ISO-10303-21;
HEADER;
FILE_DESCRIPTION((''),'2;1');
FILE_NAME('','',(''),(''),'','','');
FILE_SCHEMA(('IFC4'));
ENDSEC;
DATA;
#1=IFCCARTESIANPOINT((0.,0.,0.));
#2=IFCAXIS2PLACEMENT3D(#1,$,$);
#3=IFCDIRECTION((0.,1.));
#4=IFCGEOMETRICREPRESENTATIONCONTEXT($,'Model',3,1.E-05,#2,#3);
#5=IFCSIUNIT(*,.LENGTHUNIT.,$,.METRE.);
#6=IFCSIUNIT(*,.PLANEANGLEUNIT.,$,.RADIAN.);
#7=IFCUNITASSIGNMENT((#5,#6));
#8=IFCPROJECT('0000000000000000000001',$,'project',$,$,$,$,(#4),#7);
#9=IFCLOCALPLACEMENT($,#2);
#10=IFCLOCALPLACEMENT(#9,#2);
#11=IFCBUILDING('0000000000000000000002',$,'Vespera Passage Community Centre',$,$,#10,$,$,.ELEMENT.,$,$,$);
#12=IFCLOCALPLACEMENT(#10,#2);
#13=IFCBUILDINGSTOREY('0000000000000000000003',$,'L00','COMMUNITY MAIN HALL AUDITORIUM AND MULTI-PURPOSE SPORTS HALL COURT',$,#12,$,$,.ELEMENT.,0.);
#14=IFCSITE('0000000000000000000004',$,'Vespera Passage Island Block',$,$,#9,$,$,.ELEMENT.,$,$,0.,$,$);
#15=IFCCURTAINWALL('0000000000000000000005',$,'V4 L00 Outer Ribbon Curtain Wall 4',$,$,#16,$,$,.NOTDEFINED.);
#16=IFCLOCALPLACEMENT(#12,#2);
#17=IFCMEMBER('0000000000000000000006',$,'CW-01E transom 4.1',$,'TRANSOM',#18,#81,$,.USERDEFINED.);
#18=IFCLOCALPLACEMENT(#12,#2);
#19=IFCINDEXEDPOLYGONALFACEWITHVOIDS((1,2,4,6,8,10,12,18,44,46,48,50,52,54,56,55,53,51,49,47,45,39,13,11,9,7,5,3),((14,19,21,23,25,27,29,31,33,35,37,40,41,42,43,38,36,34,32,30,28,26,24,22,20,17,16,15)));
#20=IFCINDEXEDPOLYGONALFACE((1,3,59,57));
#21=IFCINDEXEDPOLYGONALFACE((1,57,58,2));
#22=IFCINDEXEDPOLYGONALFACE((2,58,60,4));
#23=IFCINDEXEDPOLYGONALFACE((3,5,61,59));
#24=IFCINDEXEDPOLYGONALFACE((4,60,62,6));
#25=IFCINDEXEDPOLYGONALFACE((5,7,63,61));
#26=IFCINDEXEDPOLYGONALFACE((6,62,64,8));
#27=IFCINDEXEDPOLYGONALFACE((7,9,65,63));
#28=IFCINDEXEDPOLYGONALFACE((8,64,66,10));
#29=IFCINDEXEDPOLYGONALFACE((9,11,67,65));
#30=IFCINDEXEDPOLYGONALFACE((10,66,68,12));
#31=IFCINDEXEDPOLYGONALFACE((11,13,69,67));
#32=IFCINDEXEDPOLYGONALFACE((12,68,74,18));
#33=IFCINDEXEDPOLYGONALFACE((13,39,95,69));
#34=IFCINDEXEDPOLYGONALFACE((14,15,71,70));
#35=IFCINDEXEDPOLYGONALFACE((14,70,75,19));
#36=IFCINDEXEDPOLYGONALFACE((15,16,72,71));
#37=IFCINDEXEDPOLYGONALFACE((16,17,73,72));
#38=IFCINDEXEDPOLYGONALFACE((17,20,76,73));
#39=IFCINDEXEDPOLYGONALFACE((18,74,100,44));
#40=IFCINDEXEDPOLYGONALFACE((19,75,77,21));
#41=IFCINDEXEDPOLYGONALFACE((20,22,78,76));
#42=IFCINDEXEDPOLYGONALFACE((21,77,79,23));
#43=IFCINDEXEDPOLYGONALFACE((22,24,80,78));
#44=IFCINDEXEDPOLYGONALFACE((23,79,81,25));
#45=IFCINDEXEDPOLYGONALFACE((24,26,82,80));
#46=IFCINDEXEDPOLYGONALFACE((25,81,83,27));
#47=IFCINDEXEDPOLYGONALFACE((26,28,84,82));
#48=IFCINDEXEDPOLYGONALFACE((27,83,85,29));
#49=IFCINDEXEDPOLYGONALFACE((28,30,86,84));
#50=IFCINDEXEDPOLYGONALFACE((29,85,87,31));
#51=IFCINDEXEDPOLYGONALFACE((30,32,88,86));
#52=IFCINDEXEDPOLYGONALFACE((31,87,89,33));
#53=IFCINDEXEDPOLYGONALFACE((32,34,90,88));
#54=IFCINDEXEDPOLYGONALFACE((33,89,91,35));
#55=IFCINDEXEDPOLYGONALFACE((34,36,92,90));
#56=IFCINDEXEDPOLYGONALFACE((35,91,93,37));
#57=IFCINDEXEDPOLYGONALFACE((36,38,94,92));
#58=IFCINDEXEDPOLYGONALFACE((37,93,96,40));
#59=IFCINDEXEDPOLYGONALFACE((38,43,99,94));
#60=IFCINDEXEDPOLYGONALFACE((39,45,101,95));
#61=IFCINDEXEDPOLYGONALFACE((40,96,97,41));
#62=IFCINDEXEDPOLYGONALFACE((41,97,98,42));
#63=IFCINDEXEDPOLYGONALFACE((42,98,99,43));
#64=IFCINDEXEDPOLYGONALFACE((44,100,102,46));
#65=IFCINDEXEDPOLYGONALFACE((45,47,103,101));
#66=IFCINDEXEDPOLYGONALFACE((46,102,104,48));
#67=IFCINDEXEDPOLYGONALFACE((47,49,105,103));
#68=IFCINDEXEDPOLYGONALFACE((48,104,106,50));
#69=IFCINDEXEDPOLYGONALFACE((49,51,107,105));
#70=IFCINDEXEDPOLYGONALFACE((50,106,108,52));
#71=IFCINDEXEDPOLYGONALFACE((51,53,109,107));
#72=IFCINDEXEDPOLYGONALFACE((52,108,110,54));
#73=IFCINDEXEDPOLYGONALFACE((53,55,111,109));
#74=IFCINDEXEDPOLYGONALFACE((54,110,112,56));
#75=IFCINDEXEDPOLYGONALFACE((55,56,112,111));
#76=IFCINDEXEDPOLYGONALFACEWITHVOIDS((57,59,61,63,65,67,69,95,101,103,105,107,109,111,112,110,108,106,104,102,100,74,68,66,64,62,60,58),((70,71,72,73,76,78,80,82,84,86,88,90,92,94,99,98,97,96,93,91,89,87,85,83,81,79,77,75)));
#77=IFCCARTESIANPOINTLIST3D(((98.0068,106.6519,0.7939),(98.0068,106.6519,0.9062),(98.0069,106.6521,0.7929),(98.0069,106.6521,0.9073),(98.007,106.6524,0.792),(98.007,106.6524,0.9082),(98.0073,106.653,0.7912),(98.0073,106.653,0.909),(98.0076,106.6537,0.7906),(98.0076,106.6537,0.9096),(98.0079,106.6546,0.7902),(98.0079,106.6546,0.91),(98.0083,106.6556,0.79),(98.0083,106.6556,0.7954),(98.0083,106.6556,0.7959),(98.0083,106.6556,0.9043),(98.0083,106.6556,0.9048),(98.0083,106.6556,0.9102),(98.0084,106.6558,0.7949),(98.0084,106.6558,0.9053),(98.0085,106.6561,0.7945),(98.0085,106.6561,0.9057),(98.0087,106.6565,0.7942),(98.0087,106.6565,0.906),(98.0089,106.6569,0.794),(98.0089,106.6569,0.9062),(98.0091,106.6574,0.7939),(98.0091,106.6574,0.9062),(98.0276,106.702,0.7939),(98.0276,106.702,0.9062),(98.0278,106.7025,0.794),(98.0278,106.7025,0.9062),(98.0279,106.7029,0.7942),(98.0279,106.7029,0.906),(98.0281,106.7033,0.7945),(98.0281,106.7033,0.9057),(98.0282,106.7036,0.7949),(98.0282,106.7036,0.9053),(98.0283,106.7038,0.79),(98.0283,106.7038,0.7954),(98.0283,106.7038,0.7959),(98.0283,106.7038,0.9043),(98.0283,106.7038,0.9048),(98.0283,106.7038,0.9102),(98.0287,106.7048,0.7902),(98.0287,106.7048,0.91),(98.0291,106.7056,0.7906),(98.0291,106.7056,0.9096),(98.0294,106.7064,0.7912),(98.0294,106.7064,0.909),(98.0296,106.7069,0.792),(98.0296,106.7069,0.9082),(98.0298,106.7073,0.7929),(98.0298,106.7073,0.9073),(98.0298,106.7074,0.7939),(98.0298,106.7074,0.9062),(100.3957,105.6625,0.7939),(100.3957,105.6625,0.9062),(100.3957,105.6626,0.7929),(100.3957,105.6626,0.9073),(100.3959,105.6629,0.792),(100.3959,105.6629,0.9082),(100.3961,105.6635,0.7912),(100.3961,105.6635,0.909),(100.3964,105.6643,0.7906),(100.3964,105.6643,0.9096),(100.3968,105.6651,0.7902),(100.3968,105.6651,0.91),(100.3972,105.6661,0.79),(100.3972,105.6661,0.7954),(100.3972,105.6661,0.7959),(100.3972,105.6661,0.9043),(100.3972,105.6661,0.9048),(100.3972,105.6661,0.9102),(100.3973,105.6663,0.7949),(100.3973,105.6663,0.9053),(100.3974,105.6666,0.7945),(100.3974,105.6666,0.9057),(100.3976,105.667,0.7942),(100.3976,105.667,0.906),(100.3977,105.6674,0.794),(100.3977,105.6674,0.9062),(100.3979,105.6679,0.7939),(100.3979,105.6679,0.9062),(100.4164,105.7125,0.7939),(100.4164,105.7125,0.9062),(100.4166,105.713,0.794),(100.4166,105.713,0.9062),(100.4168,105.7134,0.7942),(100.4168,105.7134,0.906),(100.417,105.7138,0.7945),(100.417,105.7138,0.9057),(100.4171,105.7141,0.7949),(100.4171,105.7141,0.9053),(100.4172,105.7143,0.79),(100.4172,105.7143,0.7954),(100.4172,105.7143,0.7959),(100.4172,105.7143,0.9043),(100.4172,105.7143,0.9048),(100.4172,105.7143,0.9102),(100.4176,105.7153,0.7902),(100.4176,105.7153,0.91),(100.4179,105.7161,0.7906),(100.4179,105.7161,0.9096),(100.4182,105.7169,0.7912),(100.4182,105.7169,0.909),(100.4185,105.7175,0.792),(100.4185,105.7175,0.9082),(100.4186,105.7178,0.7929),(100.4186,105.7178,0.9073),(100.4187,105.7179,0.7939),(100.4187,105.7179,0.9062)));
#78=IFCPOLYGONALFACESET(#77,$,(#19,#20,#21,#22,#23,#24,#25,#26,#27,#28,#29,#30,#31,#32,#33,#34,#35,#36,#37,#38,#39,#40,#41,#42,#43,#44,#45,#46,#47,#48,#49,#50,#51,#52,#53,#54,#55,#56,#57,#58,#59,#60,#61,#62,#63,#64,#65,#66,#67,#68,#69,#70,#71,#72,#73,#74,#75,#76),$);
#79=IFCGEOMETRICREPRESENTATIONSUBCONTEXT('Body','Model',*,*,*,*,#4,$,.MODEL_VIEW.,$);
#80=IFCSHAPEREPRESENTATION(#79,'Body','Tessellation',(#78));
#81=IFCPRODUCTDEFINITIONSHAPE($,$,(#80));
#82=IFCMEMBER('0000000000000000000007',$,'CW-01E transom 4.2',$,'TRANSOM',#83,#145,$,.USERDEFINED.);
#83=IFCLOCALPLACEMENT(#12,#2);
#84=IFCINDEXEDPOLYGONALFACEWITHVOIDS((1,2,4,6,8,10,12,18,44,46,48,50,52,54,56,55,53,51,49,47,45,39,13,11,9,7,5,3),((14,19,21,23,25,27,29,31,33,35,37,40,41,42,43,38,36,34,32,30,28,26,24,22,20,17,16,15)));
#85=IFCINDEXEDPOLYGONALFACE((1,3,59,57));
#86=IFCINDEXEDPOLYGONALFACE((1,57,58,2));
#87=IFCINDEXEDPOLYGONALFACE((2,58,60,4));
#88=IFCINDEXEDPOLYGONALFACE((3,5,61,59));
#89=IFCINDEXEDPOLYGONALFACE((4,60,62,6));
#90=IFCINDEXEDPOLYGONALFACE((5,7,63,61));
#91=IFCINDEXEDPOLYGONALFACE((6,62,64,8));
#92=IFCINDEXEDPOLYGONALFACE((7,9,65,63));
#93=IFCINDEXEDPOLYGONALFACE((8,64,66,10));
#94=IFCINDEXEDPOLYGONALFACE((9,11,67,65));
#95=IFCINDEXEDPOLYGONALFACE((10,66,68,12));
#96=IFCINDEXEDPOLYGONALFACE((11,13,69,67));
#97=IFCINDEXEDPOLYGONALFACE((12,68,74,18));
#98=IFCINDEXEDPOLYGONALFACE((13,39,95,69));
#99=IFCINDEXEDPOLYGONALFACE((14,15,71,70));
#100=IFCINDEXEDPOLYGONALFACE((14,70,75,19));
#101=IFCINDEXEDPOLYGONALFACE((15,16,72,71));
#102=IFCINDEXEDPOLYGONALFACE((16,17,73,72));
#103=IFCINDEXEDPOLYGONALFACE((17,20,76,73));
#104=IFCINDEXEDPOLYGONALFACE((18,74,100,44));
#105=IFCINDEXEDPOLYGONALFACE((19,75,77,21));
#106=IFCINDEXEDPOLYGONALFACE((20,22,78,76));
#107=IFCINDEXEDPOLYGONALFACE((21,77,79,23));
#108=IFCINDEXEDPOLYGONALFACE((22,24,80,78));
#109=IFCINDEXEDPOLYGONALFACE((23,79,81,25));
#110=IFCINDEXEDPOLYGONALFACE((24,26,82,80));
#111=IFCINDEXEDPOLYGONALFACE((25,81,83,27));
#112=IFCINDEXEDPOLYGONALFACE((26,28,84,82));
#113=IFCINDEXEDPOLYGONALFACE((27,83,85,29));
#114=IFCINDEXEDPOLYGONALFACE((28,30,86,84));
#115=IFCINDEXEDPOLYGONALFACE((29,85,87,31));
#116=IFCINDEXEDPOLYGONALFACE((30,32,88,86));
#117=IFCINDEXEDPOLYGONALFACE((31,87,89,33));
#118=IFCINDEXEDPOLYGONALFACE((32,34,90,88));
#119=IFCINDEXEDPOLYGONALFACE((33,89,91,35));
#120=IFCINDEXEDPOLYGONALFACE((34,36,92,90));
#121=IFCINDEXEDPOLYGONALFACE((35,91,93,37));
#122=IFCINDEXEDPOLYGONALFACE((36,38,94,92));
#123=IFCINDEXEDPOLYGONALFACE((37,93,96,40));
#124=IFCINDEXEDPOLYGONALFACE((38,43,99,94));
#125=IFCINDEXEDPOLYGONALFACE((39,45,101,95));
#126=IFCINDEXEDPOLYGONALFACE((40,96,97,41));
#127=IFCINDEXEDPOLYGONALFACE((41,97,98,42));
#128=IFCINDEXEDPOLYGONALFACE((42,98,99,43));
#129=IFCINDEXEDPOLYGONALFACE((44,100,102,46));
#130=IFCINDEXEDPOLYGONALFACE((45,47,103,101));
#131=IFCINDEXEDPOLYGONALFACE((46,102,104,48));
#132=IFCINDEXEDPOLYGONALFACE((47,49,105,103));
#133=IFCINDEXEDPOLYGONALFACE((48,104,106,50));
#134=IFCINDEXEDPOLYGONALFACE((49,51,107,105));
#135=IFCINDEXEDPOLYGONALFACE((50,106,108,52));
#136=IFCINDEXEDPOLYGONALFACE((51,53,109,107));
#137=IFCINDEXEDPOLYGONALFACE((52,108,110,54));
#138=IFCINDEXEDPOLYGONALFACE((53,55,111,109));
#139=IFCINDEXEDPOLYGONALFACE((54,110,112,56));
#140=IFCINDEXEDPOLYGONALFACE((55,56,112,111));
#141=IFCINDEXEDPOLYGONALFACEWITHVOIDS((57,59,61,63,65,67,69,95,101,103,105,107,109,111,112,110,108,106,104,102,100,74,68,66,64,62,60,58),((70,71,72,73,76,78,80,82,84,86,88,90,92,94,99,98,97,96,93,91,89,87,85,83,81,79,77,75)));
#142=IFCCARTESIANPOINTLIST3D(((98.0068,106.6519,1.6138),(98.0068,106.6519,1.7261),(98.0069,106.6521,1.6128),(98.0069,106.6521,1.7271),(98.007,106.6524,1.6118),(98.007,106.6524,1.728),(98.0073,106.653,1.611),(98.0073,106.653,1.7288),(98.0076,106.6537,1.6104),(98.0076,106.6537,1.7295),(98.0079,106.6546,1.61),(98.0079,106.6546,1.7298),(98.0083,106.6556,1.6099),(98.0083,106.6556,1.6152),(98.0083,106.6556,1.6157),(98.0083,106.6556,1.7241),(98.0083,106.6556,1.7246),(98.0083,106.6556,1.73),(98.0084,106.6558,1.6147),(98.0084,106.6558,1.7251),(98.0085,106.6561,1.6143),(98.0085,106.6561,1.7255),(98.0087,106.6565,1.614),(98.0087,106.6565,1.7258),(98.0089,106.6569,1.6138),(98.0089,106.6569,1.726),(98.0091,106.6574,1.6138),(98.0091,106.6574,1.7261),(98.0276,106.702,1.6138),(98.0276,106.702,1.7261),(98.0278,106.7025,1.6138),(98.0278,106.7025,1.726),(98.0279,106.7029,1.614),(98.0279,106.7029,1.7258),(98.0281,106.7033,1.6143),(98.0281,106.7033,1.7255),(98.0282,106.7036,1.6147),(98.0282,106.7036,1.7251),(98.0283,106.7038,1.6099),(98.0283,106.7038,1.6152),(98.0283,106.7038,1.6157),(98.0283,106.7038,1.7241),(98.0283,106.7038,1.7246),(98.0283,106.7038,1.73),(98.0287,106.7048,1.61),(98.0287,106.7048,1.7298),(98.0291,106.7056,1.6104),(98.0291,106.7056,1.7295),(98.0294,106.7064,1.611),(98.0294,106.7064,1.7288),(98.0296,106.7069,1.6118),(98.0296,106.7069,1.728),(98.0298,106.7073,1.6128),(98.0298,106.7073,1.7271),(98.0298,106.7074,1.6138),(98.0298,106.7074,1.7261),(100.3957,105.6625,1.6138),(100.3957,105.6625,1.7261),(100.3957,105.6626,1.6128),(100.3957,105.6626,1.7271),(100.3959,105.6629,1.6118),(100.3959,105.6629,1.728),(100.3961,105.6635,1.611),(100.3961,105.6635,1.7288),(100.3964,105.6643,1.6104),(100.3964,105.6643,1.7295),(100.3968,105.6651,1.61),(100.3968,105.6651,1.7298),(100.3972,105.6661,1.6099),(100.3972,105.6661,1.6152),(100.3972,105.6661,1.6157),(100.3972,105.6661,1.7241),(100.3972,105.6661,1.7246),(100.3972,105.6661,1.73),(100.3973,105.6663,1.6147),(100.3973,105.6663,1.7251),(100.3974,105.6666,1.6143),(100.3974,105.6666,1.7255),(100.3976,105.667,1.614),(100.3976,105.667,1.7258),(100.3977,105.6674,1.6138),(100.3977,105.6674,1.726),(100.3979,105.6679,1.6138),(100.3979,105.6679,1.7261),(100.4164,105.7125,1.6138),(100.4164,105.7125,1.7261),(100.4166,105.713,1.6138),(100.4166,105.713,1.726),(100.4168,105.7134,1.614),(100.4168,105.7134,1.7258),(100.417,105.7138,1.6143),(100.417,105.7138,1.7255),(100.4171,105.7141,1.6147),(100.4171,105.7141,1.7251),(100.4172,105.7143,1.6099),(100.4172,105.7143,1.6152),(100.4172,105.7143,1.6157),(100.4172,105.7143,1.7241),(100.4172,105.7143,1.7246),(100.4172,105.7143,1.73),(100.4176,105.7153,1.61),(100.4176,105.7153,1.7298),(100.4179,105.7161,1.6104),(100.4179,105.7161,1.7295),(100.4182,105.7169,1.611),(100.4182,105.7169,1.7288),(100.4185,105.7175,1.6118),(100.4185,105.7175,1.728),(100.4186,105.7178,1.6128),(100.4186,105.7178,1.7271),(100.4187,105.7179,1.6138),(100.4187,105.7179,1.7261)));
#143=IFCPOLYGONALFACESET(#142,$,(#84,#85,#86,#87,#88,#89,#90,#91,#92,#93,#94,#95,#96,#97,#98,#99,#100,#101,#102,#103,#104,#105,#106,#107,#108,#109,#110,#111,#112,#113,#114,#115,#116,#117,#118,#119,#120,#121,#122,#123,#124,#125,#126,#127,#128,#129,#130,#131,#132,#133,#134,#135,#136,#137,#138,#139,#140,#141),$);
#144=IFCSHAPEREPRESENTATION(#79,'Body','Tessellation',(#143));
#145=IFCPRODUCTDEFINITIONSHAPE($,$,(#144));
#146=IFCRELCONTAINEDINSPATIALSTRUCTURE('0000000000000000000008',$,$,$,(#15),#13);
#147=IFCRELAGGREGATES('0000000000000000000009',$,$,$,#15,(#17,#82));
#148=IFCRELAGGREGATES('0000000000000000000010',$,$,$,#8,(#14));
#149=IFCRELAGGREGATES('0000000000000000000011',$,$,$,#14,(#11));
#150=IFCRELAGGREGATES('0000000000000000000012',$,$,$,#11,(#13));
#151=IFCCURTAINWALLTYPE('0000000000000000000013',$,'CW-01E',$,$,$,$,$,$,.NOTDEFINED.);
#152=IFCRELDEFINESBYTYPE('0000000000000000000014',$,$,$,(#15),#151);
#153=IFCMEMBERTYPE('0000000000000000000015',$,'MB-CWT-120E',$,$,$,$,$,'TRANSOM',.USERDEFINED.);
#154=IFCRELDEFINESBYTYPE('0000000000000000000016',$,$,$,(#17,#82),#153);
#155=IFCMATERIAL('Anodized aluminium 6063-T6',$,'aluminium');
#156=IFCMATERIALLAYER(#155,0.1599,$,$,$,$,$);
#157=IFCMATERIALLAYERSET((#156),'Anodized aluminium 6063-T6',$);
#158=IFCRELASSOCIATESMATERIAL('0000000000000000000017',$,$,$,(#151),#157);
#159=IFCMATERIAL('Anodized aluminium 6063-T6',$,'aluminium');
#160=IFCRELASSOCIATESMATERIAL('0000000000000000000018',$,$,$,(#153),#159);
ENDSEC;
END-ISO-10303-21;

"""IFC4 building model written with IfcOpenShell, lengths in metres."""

from ifc_helpers import new_model, si_unit, direction, frame, origin, origin_2d, place, context, subcontext, project, spatial, hollow_rectangle, extrude, material, layer, layer_set, material_profile, profile_set, type_object, element, aggregate, save


model = new_model("IFC4")

# Units and contexts
model_context = context("Model", 3, precision=1e-05, world=origin(), true_north=direction((0.0, 1.0)))
body_context = subcontext(model_context, "Body", "Model", "MODEL_VIEW")
ifc_project = project(units=[si_unit("LENGTHUNIT", "METRE"), si_unit("PLANEANGLEUNIT", "RADIAN")], contexts=[model_context])

# Site, building, storey
site_placement = place(None, origin())
site = spatial("IfcSite", under=ifc_project, at=site_placement, Name="Vespera Passage Island Block", CompositionType="ELEMENT", RefElevation=0.0)
building_placement = place(site_placement, origin())
building = spatial("IfcBuilding", under=site, at=building_placement, Name="Vespera Passage Community Centre", CompositionType="ELEMENT")
storey_placement = place(building_placement, origin())
storey = spatial("IfcBuildingStorey", under=building, at=storey_placement, Name="L00", Description="COMMUNITY MAIN HALL AUDITORIUM AND MULTI-PURPOSE SPORTS HALL COURT", CompositionType="ELEMENT", Elevation=0.0)

# Curtain wall, members
ifc_material_1 = material(Name="Anodized aluminium 6063-T6", Category="aluminium")
ifc_layer_1 = layer(ifc_material_1, 0.1599)
ifc_layer_set_1 = layer_set([ifc_layer_1], Name="Anodized aluminium 6063-T6")
curtain_wall_type = type_object("IfcCurtainWallType", Name="CW-01E", PredefinedType="NOTDEFINED", material=ifc_layer_set_1)
curtain_wall_placement = place(storey_placement, origin())
curtain_wall = element("IfcCurtainWall", 1, at=curtain_wall_placement, inside=storey, type_object=curtain_wall_type, Name="V4 L00 Outer Ribbon Curtain Wall 4", PredefinedType="NOTDEFINED")
ifc_material_2 = material(Name="Anodized aluminium 6063-T6", Category="aluminium")
ifc_material_profile_1 = material_profile(ifc_material_2, hollow_rectangle(XDim=0.0601, YDim=0.1201, WallThickness=0.0039, InnerFilletRadius=0.002, OuterFilletRadius=0.0039, at=origin_2d()), Name="ALU120X60X4")
ifc_profile_set_1 = profile_set([ifc_material_profile_1], Name="Anodized aluminium 6063-T6")
member_type_1 = type_object("IfcMemberType", Name="MB-CWT-120E", ElementType="TRANSOM", PredefinedType="USERDEFINED", material=ifc_profile_set_1)
member_1_placement = place(storey_placement, frame((98.0183, 106.6797, 0.8501), z_axis=(0.923882, -0.382677, 0.0), x_axis=(0.382677, 0.923882, 0.0)))
member_1 = element("IfcMember", 2, at=member_1_placement, type_object=member_type_1, Name="CW-01E transom 4.1", ObjectType="TRANSOM", PredefinedType="USERDEFINED", context=body_context, shape_type="SweptSolid", body=[
    extrude(hollow_rectangle(XDim=0.0601, YDim=0.1201, WallThickness=0.0039, InnerFilletRadius=0.002, OuterFilletRadius=0.0039, at=origin_2d()), origin(), (0.0, 0.0, 1.0), 2.5857),
])
member_2_placement = place(storey_placement, frame((98.0183, 106.6797, 1.6699), z_axis=(0.923882, -0.382677, 0.0), x_axis=(0.382677, 0.923882, 0.0)))
member_2 = element("IfcMember", 3, at=member_2_placement, type_object=member_type_1, Name="CW-01E transom 4.2", ObjectType="TRANSOM", PredefinedType="USERDEFINED", context=body_context, shape_type="SweptSolid", body=[
    extrude(hollow_rectangle(XDim=0.0601, YDim=0.1201, WallThickness=0.0039, InnerFilletRadius=0.002, OuterFilletRadius=0.0039, at=origin_2d()), origin(), (0.0, 0.0, 1.0), 2.5857),
])
aggregate(curtain_wall, [member_1, member_2])

save(model, "model.ifc")
